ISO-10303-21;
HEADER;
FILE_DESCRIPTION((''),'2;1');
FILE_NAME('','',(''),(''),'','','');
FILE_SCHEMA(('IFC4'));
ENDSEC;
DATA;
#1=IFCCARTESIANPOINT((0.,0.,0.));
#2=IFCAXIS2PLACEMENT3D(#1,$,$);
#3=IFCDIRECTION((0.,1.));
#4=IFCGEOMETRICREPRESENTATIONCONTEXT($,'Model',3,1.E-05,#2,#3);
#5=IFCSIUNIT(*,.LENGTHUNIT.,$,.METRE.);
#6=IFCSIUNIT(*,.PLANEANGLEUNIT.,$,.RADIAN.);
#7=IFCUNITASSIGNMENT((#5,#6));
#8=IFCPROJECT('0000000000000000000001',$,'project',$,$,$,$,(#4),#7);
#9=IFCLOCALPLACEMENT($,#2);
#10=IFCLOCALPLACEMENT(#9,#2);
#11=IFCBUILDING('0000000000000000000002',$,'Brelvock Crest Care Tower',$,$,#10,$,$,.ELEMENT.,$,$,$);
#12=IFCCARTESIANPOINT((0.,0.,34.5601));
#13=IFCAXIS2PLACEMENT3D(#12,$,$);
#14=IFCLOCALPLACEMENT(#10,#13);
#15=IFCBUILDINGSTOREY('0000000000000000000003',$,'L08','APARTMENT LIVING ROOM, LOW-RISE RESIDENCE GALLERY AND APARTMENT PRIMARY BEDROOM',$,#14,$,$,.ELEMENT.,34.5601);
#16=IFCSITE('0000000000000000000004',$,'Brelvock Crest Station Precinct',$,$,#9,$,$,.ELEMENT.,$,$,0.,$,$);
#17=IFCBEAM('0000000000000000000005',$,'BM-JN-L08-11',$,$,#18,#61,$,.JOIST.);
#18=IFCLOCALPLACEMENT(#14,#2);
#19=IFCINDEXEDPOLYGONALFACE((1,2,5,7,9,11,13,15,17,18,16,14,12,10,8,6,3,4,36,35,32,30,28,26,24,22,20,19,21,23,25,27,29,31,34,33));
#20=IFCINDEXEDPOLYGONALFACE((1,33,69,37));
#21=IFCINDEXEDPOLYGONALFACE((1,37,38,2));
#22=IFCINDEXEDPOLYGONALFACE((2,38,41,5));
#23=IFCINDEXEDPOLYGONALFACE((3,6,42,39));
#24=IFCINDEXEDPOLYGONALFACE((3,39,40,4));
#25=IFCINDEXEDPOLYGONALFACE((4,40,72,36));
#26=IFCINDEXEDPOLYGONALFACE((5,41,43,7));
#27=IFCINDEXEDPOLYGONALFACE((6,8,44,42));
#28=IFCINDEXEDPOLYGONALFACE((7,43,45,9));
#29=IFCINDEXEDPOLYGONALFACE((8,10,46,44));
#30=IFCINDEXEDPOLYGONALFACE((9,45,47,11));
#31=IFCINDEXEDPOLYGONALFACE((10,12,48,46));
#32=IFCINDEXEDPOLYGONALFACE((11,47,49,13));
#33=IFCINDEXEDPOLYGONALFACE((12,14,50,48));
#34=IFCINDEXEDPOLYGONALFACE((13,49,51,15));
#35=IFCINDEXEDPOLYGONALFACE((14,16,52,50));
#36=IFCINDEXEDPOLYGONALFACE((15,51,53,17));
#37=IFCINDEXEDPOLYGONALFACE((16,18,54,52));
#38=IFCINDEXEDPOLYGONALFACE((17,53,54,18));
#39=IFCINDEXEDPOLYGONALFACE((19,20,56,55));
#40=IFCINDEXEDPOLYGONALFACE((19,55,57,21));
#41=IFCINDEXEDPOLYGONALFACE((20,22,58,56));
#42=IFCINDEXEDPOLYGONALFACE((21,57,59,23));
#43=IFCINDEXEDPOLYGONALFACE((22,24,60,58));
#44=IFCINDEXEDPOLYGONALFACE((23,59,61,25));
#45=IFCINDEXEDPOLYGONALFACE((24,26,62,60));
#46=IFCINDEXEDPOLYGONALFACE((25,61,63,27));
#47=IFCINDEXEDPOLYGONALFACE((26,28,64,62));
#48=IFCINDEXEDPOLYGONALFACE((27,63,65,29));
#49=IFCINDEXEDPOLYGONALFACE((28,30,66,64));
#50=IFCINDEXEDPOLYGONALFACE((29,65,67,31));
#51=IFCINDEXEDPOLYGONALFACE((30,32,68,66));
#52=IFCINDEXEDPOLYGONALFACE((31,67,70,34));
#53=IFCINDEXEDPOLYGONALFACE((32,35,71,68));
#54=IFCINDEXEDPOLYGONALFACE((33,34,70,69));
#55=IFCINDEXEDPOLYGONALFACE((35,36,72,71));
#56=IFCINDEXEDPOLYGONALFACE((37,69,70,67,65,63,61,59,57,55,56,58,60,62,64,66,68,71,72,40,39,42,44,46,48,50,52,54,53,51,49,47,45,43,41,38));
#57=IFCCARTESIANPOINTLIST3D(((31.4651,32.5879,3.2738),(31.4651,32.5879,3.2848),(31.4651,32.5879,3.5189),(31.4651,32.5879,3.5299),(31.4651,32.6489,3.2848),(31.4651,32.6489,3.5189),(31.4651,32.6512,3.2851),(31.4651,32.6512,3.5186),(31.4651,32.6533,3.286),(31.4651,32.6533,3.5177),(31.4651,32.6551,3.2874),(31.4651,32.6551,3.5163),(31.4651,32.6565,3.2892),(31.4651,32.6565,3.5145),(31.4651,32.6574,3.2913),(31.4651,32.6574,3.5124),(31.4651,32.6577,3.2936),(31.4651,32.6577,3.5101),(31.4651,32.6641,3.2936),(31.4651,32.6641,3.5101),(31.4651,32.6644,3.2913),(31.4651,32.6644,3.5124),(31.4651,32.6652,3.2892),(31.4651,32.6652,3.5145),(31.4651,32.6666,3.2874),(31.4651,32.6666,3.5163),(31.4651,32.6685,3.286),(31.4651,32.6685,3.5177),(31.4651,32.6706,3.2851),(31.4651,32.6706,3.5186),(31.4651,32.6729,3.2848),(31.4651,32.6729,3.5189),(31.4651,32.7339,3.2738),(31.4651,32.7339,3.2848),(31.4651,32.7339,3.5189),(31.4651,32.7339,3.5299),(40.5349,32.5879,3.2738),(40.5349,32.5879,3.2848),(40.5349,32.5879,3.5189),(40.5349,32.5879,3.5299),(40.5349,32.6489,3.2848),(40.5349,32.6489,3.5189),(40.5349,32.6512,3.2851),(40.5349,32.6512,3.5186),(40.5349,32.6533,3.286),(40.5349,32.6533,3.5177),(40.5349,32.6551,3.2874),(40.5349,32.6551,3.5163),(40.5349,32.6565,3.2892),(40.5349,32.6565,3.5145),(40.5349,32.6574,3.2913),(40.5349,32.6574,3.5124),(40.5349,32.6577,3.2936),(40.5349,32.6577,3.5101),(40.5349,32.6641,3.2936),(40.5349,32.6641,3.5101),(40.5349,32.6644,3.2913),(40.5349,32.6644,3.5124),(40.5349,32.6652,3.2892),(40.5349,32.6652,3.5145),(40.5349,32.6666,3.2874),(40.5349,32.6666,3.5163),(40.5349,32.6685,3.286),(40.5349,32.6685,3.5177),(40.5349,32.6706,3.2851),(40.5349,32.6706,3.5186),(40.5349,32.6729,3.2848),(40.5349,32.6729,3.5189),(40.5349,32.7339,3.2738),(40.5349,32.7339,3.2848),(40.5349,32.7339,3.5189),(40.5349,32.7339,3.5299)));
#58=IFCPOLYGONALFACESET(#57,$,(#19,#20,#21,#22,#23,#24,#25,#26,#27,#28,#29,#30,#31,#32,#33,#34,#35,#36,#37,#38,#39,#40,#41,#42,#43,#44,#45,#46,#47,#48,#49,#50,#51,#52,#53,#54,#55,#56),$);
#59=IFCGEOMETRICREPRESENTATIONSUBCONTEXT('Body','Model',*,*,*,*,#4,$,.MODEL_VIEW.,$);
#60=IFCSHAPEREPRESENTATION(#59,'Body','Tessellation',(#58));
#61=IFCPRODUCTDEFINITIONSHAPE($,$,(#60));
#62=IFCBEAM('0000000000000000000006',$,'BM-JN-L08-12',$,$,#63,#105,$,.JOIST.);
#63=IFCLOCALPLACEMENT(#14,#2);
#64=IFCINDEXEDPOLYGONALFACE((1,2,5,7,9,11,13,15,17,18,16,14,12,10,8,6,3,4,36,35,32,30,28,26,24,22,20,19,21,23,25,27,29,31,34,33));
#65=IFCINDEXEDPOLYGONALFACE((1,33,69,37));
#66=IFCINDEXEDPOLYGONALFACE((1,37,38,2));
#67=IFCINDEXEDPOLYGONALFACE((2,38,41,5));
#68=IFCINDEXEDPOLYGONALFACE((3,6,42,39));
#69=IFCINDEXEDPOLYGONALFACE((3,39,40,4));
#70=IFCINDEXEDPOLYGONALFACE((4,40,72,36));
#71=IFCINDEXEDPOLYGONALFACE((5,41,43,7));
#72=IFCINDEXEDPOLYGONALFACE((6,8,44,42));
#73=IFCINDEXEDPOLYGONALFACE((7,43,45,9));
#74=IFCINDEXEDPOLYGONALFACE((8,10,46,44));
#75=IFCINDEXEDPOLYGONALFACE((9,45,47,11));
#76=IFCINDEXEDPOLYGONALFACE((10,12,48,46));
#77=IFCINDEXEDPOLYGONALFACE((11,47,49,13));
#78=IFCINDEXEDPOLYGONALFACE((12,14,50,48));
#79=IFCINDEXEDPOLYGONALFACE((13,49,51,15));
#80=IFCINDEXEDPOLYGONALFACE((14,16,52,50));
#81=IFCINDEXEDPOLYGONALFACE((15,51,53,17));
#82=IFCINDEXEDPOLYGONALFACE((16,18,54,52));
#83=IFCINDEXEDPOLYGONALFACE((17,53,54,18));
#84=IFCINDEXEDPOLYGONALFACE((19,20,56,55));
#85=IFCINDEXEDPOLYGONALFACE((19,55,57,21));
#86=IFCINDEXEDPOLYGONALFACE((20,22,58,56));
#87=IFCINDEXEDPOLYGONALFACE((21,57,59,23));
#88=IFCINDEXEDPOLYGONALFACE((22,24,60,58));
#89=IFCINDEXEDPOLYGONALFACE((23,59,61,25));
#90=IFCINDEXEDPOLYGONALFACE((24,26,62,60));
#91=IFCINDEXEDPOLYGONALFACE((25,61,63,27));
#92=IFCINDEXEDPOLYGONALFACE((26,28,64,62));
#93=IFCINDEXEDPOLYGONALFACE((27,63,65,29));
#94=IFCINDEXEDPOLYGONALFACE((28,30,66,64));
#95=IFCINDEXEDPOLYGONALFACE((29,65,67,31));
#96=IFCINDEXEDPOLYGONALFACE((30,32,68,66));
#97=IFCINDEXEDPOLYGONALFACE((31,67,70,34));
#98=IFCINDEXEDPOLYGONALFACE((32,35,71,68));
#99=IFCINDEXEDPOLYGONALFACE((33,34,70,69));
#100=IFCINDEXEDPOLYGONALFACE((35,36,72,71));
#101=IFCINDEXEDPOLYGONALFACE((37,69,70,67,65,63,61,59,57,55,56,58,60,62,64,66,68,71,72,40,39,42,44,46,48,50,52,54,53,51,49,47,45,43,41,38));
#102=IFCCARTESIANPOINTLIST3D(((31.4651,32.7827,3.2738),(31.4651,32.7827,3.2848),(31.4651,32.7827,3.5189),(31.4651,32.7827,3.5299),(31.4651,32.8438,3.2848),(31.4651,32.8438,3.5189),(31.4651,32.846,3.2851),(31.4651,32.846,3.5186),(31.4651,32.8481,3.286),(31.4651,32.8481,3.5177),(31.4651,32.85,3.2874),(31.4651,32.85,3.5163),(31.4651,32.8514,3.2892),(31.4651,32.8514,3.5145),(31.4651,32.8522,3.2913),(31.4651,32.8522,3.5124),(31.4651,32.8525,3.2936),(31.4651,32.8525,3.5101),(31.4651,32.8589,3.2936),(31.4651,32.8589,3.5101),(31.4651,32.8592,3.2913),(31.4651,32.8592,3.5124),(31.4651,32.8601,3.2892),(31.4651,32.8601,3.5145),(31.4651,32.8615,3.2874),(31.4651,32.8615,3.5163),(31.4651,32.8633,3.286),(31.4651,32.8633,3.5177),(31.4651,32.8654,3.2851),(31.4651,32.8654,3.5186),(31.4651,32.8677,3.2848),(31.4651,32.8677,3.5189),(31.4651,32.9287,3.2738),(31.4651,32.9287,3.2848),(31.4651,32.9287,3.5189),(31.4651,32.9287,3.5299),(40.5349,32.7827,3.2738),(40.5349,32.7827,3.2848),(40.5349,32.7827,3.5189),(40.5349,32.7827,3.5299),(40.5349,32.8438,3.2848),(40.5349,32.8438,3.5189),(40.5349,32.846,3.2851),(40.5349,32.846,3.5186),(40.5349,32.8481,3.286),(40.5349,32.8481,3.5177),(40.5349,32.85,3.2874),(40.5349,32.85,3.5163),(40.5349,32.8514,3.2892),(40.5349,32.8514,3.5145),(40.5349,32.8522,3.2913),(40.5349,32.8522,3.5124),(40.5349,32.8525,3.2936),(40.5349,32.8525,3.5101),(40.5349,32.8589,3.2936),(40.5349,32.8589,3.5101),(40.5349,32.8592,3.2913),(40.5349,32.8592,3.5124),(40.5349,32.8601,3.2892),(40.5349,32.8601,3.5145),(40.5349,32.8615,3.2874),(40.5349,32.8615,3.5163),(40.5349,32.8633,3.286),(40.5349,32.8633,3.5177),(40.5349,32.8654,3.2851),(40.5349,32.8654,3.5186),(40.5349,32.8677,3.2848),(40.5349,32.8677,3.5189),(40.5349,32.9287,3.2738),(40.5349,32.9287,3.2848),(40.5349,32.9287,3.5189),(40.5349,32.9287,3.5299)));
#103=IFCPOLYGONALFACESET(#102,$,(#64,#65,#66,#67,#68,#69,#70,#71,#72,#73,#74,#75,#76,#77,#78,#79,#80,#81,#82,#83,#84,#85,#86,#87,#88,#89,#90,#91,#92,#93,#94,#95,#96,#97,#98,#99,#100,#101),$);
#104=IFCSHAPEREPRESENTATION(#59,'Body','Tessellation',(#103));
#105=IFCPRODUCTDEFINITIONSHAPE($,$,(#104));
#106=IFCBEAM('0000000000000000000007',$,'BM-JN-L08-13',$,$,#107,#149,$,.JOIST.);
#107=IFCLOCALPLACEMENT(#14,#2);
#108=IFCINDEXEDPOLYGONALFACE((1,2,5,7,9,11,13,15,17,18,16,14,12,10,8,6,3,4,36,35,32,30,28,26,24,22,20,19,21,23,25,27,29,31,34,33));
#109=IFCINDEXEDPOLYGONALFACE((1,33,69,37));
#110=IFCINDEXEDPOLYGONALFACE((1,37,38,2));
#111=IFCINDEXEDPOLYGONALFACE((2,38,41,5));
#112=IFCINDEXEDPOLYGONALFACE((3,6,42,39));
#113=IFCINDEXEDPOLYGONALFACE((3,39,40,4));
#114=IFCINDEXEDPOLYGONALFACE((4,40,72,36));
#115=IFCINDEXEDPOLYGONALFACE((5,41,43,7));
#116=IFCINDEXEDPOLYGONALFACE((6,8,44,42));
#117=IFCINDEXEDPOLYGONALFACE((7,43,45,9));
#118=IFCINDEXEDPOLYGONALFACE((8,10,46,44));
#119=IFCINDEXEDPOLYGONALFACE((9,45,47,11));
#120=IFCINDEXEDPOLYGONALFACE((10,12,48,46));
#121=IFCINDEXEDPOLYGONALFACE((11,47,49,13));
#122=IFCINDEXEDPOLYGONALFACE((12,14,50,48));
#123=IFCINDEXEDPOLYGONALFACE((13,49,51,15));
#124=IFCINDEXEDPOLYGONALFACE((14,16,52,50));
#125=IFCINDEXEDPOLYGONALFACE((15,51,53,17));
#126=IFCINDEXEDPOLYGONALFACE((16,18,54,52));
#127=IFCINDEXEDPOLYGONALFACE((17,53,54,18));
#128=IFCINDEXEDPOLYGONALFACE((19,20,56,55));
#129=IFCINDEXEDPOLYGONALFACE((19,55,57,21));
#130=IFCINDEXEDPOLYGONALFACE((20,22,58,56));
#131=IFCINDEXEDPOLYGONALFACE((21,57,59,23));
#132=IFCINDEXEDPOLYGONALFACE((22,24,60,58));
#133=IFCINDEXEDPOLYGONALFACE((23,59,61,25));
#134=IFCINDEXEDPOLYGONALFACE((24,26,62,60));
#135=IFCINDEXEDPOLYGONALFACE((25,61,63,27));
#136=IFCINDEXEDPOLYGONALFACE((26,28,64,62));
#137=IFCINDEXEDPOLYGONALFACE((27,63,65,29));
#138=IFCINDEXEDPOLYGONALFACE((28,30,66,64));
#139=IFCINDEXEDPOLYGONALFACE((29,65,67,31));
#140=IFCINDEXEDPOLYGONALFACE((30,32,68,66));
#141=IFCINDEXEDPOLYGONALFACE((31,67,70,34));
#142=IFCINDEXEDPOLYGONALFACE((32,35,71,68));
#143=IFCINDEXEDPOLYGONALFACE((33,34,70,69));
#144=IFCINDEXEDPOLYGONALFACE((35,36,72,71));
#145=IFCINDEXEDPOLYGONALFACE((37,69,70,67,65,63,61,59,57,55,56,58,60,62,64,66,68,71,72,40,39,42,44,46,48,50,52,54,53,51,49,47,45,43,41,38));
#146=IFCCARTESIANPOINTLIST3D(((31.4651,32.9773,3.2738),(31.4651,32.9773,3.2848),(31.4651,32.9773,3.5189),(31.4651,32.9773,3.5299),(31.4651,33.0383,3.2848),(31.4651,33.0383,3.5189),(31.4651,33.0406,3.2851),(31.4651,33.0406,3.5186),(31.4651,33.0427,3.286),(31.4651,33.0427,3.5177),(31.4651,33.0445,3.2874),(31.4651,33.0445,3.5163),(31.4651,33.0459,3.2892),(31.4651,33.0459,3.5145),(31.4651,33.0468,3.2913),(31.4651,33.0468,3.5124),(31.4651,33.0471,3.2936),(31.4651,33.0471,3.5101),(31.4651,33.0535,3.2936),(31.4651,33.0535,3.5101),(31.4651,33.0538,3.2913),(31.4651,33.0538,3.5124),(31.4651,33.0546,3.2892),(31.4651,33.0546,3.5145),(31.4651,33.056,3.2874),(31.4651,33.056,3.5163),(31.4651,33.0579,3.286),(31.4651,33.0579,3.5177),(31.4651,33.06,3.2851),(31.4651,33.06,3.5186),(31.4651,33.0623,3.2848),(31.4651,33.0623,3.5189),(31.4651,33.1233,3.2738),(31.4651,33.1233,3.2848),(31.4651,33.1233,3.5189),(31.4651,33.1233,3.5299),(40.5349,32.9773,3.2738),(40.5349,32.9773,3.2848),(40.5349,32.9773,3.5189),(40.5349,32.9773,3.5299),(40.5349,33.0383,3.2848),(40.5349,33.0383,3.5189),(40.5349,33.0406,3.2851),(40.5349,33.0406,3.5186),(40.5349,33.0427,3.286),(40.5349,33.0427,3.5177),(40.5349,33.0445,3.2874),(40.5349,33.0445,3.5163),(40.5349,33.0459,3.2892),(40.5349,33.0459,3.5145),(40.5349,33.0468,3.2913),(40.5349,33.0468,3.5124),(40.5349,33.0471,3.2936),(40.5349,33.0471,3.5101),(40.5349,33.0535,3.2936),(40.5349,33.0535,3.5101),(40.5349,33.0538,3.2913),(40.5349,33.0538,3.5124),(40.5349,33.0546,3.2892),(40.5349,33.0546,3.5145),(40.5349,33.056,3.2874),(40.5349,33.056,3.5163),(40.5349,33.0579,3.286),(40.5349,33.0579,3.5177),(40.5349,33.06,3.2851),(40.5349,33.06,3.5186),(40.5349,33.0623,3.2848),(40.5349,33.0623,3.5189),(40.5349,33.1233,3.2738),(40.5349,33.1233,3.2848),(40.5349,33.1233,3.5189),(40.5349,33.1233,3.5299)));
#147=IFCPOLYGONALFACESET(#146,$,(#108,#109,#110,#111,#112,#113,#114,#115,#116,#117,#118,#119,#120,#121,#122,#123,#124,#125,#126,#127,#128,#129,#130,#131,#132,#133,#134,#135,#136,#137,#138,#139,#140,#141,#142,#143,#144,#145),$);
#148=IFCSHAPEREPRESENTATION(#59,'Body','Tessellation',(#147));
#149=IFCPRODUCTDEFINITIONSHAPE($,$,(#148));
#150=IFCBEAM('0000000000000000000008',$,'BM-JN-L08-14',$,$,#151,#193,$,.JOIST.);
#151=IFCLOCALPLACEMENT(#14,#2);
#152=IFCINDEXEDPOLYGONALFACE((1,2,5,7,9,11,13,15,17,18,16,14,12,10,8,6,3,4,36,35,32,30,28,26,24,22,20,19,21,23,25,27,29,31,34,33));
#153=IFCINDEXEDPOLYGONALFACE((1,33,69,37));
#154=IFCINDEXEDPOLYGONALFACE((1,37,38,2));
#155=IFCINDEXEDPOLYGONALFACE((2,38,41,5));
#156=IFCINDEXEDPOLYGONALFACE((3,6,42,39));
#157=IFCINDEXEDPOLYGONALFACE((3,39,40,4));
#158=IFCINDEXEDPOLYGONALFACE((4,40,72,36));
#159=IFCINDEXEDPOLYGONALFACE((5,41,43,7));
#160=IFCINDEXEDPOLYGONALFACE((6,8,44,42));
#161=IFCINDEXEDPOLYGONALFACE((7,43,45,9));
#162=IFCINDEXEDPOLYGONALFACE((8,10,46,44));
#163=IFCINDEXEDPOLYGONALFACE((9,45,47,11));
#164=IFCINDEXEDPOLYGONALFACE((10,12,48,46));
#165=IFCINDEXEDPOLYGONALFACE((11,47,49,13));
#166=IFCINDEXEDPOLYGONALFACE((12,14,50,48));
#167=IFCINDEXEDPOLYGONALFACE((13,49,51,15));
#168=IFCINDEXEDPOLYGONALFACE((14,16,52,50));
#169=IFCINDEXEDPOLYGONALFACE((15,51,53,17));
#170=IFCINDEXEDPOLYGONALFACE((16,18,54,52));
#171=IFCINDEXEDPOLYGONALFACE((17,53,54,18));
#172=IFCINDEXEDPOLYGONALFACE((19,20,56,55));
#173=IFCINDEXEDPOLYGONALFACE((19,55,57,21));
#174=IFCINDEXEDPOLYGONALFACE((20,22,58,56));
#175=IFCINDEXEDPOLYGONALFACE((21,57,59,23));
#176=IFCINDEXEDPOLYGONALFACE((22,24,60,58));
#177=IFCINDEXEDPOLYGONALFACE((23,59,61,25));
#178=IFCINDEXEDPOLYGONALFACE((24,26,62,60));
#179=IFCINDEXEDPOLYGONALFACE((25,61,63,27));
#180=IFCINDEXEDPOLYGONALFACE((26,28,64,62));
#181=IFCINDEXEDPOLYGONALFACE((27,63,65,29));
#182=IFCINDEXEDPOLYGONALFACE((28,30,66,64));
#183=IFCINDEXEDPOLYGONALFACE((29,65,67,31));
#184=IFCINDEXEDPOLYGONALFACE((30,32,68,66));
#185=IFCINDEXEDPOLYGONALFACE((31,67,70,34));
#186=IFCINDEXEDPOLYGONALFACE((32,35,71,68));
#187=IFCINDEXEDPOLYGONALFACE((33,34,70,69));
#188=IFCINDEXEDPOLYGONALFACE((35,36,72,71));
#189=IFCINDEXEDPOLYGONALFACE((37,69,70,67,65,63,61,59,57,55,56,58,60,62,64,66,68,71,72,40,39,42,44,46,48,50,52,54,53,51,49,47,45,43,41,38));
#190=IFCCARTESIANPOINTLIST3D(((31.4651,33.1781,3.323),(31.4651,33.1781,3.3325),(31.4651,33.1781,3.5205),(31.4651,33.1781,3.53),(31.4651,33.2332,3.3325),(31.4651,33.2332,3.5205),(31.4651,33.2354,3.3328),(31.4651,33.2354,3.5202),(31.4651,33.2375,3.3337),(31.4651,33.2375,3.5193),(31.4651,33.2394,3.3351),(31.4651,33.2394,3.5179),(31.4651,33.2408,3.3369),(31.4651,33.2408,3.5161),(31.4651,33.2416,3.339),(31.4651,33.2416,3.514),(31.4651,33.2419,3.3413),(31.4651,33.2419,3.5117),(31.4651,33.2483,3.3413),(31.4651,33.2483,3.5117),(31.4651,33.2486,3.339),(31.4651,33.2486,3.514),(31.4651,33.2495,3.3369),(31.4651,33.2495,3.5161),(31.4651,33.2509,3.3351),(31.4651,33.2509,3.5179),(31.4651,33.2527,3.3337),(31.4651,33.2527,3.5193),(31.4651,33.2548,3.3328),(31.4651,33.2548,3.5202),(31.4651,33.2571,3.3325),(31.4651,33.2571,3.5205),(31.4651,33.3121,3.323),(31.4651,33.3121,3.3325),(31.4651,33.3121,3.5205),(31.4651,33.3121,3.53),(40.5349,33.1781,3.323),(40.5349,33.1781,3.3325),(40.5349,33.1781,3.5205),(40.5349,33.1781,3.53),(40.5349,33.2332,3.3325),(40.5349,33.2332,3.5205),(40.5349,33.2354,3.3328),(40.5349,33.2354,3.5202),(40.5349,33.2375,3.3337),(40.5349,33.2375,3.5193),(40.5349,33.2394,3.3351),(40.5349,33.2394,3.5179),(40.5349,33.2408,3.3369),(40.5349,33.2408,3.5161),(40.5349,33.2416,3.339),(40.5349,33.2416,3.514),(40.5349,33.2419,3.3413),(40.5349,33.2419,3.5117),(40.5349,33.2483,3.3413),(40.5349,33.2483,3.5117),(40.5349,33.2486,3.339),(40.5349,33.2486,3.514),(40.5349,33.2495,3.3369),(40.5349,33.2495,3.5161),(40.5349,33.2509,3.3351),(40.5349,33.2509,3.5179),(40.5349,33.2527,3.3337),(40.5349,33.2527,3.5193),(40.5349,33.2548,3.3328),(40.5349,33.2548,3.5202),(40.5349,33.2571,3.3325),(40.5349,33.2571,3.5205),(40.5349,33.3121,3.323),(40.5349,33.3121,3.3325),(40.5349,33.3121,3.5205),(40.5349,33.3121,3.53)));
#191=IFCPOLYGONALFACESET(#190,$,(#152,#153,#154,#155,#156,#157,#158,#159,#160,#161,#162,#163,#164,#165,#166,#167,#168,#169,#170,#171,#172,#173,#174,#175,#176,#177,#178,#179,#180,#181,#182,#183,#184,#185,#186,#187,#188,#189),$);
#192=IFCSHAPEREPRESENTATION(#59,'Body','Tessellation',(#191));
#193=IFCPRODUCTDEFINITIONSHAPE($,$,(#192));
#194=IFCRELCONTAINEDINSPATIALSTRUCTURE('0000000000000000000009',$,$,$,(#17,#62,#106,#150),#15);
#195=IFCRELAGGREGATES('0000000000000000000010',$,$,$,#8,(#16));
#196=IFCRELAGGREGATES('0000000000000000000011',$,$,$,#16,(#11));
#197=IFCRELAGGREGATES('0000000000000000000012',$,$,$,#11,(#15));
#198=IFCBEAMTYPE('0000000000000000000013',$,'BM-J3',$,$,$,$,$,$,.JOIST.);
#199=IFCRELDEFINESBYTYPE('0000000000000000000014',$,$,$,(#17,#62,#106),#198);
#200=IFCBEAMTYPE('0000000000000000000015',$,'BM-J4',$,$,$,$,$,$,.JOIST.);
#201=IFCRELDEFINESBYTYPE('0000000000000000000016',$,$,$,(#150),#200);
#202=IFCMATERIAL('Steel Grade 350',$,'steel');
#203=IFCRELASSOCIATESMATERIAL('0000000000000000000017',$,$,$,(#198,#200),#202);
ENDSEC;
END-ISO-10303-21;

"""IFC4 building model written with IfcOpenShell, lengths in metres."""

from ifc_helpers import new_model, si_unit, direction, frame, origin, origin_2d, place, context, subcontext, project, spatial, i_section, extrude, source, transform, mapped, material, material_profile, profile_set, type_object, element, save


model = new_model("IFC4")

# Units and contexts
model_context = context("Model", 3, precision=1e-05, world=origin(), true_north=direction((0.0, 1.0)))
body_context = subcontext(model_context, "Body", "Model", "MODEL_VIEW")
ifc_project = project(units=[si_unit("LENGTHUNIT", "METRE"), si_unit("PLANEANGLEUNIT", "RADIAN")], contexts=[model_context])

# Site, building, storey
site_placement = place(None, origin())
site = spatial("IfcSite", under=ifc_project, at=site_placement, Name="Brelvock Crest Station Precinct", CompositionType="ELEMENT", RefElevation=0.0)
building_placement = place(site_placement, origin())
building = spatial("IfcBuilding", under=site, at=building_placement, Name="Brelvock Crest Care Tower", CompositionType="ELEMENT")
storey_placement = place(building_placement, frame((0.0, 0.0, 34.5601)))
storey = spatial("IfcBuildingStorey", under=building, at=storey_placement, Name="L08", Description="APARTMENT LIVING ROOM, LOW-RISE RESIDENCE GALLERY AND APARTMENT PRIMARY BEDROOM", CompositionType="ELEMENT", Elevation=34.5601)

# Shared definitions
ifc_material_1 = material(Name="Steel Grade 350", Category="steel")

# Beams
ifc_material_profile_1 = material_profile(ifc_material_1, i_section(OverallWidth=0.146, OverallDepth=0.2561, WebThickness=0.0063, FlangeThickness=0.011, FilletRadius=0.0088, at=origin_2d()), Name="250UB37.3")
ifc_profile_set_1 = profile_set([ifc_material_profile_1], Name="Steel Grade 350")
beam_type_1 = type_object("IfcBeamType", Name="BM-J3", PredefinedType="JOIST", material=ifc_profile_set_1)
shared_shape_1 = source(origin(), body_context, "Body", "SweptSolid", [
    extrude(i_section(OverallWidth=0.146, OverallDepth=0.2561, WebThickness=0.0063, FlangeThickness=0.011, FilletRadius=0.0088, at=origin_2d()), origin(), (0.0, 0.0, 1.0), 9.0698),
])
for number, where, z_axis, x_axis, name in (
    (1, (31.4651, 32.6609, 3.4019), (1.0, 0.0, 0.0), (0.0, 1.0, 0.0), "BM-JN-L08-11"),
    (2, (31.4651, 32.8557, 3.4019), (1.0, 0.0, 0.0), (0.0, 1.0, 0.0), "BM-JN-L08-12"),
    (3, (31.4651, 33.0503, 3.4019), (1.0, 0.0, 0.0), (0.0, 1.0, 0.0), "BM-JN-L08-13"),
):
    element("IfcBeam", number, at=place(storey_placement, frame(where, z_axis=z_axis, x_axis=x_axis)), inside=storey, type_object=beam_type_1, Name=name, PredefinedType="JOIST", context=body_context, shape_type="MappedRepresentation", body=[
        mapped(shared_shape_1, transform((0.0, 0.0, 0.0), x_axis=(1.0, 0.0, 0.0), y_axis=(0.0, 1.0, 0.0), z_axis=(0.0, 0.0, 1.0), scale=1.0)),
    ])
ifc_material_profile_2 = material_profile(ifc_material_1, i_section(OverallWidth=0.134, OverallDepth=0.207, WebThickness=0.0063, FlangeThickness=0.0095, FilletRadius=0.0088, at=origin_2d()), Name="200UB29.8")
ifc_profile_set_2 = profile_set([ifc_material_profile_2], Name="Steel Grade 350")
beam_type_2 = type_object("IfcBeamType", Name="BM-J4", PredefinedType="JOIST", material=ifc_profile_set_2)
shared_shape_2 = source(origin(), body_context, "Body", "SweptSolid", [
    extrude(i_section(OverallWidth=0.134, OverallDepth=0.207, WebThickness=0.0063, FlangeThickness=0.0095, FilletRadius=0.0088, at=origin_2d()), origin(), (0.0, 0.0, 1.0), 9.0698),
])
for number, where, z_axis, x_axis, name in (
    (4, (31.4651, 33.2451, 3.4265), (1.0, 0.0, 0.0), (0.0, 1.0, 0.0), "BM-JN-L08-14"),
):
    element("IfcBeam", number, at=place(storey_placement, frame(where, z_axis=z_axis, x_axis=x_axis)), inside=storey, type_object=beam_type_2, Name=name, PredefinedType="JOIST", context=body_context, shape_type="MappedRepresentation", body=[
        mapped(shared_shape_2, transform((0.0, 0.0, 0.0), x_axis=(1.0, 0.0, 0.0), y_axis=(0.0, 1.0, 0.0), z_axis=(0.0, 0.0, 1.0), scale=1.0)),
    ])

save(model, "model.ifc")
